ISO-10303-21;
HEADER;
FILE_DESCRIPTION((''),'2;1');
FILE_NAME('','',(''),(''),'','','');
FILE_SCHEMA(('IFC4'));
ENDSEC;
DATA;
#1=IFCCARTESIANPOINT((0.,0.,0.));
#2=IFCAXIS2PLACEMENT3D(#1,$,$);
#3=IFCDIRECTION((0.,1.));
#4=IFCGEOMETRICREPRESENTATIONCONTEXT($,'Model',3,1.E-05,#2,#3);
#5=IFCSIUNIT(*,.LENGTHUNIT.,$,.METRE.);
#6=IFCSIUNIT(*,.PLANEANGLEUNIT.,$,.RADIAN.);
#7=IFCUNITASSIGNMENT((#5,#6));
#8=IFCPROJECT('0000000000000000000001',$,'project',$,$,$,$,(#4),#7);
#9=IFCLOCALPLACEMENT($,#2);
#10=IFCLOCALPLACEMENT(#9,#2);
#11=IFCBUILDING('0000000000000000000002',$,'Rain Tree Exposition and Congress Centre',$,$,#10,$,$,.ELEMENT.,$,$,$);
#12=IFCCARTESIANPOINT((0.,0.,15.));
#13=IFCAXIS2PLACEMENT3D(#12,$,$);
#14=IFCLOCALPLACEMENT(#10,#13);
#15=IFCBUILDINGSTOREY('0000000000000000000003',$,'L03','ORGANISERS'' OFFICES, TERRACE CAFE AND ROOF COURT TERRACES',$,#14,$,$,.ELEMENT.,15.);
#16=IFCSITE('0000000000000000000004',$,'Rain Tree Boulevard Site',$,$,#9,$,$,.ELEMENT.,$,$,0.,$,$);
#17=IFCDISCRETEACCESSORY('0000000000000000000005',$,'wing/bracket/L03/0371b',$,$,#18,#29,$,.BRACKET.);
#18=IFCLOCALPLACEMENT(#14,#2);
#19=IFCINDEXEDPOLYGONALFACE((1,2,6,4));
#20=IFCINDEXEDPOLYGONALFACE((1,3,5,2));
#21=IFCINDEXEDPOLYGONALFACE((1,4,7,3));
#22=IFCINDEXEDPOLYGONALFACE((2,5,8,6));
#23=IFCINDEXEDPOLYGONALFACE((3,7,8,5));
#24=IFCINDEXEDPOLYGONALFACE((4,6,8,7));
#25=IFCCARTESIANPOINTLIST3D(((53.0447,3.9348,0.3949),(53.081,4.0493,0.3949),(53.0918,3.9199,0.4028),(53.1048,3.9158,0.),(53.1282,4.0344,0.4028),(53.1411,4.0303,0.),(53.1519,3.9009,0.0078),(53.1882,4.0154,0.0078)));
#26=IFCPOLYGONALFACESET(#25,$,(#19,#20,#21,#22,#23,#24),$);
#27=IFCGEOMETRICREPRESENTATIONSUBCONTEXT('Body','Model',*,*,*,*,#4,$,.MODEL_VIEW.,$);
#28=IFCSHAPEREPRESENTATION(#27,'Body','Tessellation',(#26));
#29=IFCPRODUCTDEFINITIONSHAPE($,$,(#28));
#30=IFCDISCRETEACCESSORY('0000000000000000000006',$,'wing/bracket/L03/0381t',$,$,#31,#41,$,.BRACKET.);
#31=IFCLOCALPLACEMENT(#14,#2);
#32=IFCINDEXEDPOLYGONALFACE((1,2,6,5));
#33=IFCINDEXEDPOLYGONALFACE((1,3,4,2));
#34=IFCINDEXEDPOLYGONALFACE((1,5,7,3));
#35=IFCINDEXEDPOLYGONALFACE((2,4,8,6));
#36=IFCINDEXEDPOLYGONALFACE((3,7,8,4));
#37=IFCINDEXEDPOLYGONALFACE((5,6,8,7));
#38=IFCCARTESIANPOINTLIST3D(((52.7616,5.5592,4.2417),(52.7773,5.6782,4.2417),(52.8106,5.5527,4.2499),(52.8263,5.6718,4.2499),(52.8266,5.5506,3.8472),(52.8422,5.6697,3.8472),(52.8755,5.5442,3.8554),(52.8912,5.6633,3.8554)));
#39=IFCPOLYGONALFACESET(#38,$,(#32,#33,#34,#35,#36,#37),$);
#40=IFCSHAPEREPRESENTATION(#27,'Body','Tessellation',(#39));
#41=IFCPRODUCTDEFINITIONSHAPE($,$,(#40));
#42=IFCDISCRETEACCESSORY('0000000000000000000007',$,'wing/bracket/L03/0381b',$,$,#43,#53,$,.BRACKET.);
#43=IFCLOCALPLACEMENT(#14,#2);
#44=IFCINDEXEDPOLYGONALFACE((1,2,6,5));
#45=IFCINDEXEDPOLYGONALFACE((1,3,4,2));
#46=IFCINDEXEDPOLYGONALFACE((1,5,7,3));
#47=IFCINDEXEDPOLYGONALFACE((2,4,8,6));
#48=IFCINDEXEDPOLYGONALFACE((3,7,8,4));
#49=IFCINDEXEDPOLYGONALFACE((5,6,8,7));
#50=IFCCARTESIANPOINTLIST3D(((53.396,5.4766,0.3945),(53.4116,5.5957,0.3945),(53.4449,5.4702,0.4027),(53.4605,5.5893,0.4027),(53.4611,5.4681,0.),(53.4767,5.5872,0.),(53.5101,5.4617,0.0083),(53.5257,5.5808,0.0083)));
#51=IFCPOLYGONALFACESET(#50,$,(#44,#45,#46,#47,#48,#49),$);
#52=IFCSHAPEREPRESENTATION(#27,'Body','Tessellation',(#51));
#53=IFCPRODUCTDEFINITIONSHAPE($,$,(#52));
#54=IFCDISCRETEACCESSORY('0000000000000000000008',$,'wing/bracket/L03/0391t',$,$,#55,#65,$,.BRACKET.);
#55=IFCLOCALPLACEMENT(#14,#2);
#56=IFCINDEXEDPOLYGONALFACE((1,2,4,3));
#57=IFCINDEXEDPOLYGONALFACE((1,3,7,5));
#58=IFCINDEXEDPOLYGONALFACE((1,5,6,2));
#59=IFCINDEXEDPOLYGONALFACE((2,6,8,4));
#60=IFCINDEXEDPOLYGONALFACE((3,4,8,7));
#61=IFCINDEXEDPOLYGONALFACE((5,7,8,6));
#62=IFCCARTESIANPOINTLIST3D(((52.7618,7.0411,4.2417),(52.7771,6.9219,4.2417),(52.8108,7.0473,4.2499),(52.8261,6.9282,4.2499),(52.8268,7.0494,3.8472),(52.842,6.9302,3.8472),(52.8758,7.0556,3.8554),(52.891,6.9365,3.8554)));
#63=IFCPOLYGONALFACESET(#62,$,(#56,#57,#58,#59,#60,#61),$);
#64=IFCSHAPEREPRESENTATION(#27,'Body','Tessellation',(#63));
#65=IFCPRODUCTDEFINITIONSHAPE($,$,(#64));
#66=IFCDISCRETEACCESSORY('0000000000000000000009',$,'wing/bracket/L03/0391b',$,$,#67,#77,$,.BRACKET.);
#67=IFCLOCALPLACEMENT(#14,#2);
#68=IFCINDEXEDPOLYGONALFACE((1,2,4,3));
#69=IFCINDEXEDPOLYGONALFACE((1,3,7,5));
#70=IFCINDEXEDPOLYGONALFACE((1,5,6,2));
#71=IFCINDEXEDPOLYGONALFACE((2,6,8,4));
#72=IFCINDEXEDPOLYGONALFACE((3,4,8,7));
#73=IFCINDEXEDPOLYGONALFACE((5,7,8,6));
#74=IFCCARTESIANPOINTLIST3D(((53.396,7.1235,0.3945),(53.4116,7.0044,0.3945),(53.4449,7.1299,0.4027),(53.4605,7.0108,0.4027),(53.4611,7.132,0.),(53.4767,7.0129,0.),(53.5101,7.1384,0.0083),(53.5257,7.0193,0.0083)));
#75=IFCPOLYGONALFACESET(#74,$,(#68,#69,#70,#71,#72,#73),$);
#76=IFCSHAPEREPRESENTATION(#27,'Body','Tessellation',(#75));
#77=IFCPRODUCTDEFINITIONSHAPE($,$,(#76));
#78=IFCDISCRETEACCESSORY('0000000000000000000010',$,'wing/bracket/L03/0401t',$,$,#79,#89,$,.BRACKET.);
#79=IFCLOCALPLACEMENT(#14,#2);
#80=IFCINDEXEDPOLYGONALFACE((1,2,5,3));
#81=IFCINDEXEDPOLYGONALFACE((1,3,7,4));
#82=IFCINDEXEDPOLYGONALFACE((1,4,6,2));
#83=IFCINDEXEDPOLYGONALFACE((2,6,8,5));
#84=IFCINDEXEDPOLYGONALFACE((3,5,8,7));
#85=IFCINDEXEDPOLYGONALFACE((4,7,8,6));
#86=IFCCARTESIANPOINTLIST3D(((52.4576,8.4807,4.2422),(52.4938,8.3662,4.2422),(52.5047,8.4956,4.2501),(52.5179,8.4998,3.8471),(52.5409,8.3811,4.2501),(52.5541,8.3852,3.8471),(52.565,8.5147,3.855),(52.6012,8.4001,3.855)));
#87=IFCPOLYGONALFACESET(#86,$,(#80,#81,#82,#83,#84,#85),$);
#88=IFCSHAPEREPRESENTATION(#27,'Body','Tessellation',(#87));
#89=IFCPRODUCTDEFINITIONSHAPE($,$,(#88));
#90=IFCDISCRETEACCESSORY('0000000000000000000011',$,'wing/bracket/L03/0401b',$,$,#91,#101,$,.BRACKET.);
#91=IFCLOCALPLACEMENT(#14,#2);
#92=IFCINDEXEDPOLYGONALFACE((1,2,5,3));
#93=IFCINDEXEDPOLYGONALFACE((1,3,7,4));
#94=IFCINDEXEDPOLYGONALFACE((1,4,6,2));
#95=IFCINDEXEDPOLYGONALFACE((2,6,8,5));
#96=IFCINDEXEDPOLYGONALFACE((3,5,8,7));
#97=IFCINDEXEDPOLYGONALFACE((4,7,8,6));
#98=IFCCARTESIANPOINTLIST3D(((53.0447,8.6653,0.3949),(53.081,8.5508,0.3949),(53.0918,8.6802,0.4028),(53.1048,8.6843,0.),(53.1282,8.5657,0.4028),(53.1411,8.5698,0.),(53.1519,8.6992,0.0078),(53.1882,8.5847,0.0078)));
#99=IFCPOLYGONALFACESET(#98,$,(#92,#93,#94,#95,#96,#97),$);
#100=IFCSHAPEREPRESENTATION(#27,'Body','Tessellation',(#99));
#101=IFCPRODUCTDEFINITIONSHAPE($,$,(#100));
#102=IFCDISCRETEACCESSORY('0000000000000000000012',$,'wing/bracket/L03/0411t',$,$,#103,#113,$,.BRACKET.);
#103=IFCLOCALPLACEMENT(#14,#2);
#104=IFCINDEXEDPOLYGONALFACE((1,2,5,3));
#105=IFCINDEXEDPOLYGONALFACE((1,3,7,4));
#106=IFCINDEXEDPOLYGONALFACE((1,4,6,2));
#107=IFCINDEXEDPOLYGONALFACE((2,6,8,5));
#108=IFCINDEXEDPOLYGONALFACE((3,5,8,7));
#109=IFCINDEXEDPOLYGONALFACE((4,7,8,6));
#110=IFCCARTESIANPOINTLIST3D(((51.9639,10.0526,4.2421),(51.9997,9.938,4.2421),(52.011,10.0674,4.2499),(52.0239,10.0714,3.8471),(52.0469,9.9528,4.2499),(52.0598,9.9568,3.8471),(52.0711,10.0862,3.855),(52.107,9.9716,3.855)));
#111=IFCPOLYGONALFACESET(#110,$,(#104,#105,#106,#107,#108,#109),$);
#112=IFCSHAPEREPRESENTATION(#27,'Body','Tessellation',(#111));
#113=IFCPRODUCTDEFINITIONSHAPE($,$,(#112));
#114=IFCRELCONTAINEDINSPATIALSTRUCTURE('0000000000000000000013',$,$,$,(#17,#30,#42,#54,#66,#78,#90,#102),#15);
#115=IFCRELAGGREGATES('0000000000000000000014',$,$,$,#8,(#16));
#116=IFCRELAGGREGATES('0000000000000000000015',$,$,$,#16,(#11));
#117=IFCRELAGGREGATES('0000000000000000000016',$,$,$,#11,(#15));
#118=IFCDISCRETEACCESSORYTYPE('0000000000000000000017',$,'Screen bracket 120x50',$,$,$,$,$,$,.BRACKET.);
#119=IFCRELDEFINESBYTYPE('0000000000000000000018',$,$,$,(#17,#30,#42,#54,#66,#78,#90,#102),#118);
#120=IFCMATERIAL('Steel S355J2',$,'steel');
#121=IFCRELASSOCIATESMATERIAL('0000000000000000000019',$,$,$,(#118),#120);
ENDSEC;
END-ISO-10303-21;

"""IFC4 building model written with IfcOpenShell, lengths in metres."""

from ifc_helpers import new_model, si_unit, direction, frame, origin, origin_2d, place, context, subcontext, project, spatial, rectangle, extrude, material, material_profile, profile_set, type_object, element, save


model = new_model("IFC4")

# Units and contexts
model_context = context("Model", 3, precision=1e-05, world=origin(), true_north=direction((0.0, 1.0)))
body_context = subcontext(model_context, "Body", "Model", "MODEL_VIEW")
ifc_project = project(units=[si_unit("LENGTHUNIT", "METRE"), si_unit("PLANEANGLEUNIT", "RADIAN")], contexts=[model_context])

# Site, building, storey
site_placement = place(None, origin())
site = spatial("IfcSite", under=ifc_project, at=site_placement, Name="Rain Tree Boulevard Site", CompositionType="ELEMENT", RefElevation=0.0)
building_placement = place(site_placement, origin())
building = spatial("IfcBuilding", under=site, at=building_placement, Name="Rain Tree Exposition and Congress Centre", CompositionType="ELEMENT")
storey_placement = place(building_placement, frame((0.0, 0.0, 15.0)))
storey = spatial("IfcBuildingStorey", under=building, at=storey_placement, Name="L03", Description="ORGANISERS' OFFICES, TERRACE CAFE AND ROOF COURT TERRACES", CompositionType="ELEMENT", Elevation=15.0)

# Discrete accessories
ifc_material_1 = material(Name="Steel S355J2", Category="steel")
ifc_material_profile = material_profile(ifc_material_1, rectangle(XDim=0.1201, YDim=0.05, at=origin_2d()), Name="Flat bar 120x50")
ifc_profile_set = profile_set([ifc_material_profile], Name="Steel S355J2")
discrete_accessory_type = type_object("IfcDiscreteAccessoryType", Name="Screen bracket 120x50", PredefinedType="BRACKET", material=ifc_profile_set)
for number, where, z_axis, x_axis, name in (
    (1, (53.1465, 3.9656, 0.0039), (-0.150142, 0.047606, 0.987518), (-0.302244, -0.953231, 0.0), "wing/bracket/L03/0371b"),
    (2, (52.8589, 5.6069, 3.8513), (-0.162381, 0.021366, 0.986497), (-0.130455, -0.991454, 0.0), "wing/bracket/L03/0381t"),
    (3, (53.4934, 5.5244, 0.0042), (-0.162976, 0.021364, 0.986399), (-0.129974, -0.991517, 0.0), "wing/bracket/L03/0381b"),
    (4, (52.8589, 6.9929, 3.8513), (-0.162383, -0.020756, 0.986509), (0.126788, -0.99193, 0.0), "wing/bracket/L03/0391t"),
    (5, (53.4934, 7.0757, 0.0042), (-0.162976, -0.021364, 0.986399), (0.129974, -0.991517, 0.0), "wing/bracket/L03/0391b"),
):
    element("IfcDiscreteAccessory", number, at=place(storey_placement, frame(where, z_axis=z_axis, x_axis=x_axis)), inside=storey, type_object=discrete_accessory_type, Name=name, PredefinedType="BRACKET", context=body_context, shape_type="SweptSolid", body=[
        extrude(rectangle(XDim=0.1201, YDim=0.05, at=origin_2d()), origin(), (0.0, 0.0, 1.0), 0.3999),
    ])
discrete_accessory_1_placement = place(storey_placement, frame((52.5596, 8.45, 3.8511), z_axis=(-0.150738, -0.047602, 0.987427), x_axis=(0.301131, -0.953583, 0.0)))
element("IfcDiscreteAccessory", 6, at=discrete_accessory_1_placement, inside=storey, type_object=discrete_accessory_type, Name="wing/bracket/L03/0401t", PredefinedType="BRACKET", context=body_context, shape_type="SweptSolid", body=[
    extrude(rectangle(XDim=0.1201, YDim=0.05, at=origin_2d()), origin(), (0.0, 0.0, 1.0), 0.4001),
])
for number, where, z_axis, x_axis, name in (
    (7, (53.1465, 8.6345, 0.0039), (-0.150142, -0.047606, 0.987518), (0.302244, -0.953231, 0.0), "wing/bracket/L03/0401b"),
    (8, (52.0654, 10.0215, 3.8511), (-0.150146, -0.046997, 0.987546), (0.298717, -0.954342, 0.0), "wing/bracket/L03/0411t"),
):
    element("IfcDiscreteAccessory", number, at=place(storey_placement, frame(where, z_axis=z_axis, x_axis=x_axis)), inside=storey, type_object=discrete_accessory_type, Name=name, PredefinedType="BRACKET", context=body_context, shape_type="SweptSolid", body=[
        extrude(rectangle(XDim=0.1201, YDim=0.05, at=origin_2d()), origin(), (0.0, 0.0, 1.0), 0.3999),
    ])

save(model, "model.ifc")
